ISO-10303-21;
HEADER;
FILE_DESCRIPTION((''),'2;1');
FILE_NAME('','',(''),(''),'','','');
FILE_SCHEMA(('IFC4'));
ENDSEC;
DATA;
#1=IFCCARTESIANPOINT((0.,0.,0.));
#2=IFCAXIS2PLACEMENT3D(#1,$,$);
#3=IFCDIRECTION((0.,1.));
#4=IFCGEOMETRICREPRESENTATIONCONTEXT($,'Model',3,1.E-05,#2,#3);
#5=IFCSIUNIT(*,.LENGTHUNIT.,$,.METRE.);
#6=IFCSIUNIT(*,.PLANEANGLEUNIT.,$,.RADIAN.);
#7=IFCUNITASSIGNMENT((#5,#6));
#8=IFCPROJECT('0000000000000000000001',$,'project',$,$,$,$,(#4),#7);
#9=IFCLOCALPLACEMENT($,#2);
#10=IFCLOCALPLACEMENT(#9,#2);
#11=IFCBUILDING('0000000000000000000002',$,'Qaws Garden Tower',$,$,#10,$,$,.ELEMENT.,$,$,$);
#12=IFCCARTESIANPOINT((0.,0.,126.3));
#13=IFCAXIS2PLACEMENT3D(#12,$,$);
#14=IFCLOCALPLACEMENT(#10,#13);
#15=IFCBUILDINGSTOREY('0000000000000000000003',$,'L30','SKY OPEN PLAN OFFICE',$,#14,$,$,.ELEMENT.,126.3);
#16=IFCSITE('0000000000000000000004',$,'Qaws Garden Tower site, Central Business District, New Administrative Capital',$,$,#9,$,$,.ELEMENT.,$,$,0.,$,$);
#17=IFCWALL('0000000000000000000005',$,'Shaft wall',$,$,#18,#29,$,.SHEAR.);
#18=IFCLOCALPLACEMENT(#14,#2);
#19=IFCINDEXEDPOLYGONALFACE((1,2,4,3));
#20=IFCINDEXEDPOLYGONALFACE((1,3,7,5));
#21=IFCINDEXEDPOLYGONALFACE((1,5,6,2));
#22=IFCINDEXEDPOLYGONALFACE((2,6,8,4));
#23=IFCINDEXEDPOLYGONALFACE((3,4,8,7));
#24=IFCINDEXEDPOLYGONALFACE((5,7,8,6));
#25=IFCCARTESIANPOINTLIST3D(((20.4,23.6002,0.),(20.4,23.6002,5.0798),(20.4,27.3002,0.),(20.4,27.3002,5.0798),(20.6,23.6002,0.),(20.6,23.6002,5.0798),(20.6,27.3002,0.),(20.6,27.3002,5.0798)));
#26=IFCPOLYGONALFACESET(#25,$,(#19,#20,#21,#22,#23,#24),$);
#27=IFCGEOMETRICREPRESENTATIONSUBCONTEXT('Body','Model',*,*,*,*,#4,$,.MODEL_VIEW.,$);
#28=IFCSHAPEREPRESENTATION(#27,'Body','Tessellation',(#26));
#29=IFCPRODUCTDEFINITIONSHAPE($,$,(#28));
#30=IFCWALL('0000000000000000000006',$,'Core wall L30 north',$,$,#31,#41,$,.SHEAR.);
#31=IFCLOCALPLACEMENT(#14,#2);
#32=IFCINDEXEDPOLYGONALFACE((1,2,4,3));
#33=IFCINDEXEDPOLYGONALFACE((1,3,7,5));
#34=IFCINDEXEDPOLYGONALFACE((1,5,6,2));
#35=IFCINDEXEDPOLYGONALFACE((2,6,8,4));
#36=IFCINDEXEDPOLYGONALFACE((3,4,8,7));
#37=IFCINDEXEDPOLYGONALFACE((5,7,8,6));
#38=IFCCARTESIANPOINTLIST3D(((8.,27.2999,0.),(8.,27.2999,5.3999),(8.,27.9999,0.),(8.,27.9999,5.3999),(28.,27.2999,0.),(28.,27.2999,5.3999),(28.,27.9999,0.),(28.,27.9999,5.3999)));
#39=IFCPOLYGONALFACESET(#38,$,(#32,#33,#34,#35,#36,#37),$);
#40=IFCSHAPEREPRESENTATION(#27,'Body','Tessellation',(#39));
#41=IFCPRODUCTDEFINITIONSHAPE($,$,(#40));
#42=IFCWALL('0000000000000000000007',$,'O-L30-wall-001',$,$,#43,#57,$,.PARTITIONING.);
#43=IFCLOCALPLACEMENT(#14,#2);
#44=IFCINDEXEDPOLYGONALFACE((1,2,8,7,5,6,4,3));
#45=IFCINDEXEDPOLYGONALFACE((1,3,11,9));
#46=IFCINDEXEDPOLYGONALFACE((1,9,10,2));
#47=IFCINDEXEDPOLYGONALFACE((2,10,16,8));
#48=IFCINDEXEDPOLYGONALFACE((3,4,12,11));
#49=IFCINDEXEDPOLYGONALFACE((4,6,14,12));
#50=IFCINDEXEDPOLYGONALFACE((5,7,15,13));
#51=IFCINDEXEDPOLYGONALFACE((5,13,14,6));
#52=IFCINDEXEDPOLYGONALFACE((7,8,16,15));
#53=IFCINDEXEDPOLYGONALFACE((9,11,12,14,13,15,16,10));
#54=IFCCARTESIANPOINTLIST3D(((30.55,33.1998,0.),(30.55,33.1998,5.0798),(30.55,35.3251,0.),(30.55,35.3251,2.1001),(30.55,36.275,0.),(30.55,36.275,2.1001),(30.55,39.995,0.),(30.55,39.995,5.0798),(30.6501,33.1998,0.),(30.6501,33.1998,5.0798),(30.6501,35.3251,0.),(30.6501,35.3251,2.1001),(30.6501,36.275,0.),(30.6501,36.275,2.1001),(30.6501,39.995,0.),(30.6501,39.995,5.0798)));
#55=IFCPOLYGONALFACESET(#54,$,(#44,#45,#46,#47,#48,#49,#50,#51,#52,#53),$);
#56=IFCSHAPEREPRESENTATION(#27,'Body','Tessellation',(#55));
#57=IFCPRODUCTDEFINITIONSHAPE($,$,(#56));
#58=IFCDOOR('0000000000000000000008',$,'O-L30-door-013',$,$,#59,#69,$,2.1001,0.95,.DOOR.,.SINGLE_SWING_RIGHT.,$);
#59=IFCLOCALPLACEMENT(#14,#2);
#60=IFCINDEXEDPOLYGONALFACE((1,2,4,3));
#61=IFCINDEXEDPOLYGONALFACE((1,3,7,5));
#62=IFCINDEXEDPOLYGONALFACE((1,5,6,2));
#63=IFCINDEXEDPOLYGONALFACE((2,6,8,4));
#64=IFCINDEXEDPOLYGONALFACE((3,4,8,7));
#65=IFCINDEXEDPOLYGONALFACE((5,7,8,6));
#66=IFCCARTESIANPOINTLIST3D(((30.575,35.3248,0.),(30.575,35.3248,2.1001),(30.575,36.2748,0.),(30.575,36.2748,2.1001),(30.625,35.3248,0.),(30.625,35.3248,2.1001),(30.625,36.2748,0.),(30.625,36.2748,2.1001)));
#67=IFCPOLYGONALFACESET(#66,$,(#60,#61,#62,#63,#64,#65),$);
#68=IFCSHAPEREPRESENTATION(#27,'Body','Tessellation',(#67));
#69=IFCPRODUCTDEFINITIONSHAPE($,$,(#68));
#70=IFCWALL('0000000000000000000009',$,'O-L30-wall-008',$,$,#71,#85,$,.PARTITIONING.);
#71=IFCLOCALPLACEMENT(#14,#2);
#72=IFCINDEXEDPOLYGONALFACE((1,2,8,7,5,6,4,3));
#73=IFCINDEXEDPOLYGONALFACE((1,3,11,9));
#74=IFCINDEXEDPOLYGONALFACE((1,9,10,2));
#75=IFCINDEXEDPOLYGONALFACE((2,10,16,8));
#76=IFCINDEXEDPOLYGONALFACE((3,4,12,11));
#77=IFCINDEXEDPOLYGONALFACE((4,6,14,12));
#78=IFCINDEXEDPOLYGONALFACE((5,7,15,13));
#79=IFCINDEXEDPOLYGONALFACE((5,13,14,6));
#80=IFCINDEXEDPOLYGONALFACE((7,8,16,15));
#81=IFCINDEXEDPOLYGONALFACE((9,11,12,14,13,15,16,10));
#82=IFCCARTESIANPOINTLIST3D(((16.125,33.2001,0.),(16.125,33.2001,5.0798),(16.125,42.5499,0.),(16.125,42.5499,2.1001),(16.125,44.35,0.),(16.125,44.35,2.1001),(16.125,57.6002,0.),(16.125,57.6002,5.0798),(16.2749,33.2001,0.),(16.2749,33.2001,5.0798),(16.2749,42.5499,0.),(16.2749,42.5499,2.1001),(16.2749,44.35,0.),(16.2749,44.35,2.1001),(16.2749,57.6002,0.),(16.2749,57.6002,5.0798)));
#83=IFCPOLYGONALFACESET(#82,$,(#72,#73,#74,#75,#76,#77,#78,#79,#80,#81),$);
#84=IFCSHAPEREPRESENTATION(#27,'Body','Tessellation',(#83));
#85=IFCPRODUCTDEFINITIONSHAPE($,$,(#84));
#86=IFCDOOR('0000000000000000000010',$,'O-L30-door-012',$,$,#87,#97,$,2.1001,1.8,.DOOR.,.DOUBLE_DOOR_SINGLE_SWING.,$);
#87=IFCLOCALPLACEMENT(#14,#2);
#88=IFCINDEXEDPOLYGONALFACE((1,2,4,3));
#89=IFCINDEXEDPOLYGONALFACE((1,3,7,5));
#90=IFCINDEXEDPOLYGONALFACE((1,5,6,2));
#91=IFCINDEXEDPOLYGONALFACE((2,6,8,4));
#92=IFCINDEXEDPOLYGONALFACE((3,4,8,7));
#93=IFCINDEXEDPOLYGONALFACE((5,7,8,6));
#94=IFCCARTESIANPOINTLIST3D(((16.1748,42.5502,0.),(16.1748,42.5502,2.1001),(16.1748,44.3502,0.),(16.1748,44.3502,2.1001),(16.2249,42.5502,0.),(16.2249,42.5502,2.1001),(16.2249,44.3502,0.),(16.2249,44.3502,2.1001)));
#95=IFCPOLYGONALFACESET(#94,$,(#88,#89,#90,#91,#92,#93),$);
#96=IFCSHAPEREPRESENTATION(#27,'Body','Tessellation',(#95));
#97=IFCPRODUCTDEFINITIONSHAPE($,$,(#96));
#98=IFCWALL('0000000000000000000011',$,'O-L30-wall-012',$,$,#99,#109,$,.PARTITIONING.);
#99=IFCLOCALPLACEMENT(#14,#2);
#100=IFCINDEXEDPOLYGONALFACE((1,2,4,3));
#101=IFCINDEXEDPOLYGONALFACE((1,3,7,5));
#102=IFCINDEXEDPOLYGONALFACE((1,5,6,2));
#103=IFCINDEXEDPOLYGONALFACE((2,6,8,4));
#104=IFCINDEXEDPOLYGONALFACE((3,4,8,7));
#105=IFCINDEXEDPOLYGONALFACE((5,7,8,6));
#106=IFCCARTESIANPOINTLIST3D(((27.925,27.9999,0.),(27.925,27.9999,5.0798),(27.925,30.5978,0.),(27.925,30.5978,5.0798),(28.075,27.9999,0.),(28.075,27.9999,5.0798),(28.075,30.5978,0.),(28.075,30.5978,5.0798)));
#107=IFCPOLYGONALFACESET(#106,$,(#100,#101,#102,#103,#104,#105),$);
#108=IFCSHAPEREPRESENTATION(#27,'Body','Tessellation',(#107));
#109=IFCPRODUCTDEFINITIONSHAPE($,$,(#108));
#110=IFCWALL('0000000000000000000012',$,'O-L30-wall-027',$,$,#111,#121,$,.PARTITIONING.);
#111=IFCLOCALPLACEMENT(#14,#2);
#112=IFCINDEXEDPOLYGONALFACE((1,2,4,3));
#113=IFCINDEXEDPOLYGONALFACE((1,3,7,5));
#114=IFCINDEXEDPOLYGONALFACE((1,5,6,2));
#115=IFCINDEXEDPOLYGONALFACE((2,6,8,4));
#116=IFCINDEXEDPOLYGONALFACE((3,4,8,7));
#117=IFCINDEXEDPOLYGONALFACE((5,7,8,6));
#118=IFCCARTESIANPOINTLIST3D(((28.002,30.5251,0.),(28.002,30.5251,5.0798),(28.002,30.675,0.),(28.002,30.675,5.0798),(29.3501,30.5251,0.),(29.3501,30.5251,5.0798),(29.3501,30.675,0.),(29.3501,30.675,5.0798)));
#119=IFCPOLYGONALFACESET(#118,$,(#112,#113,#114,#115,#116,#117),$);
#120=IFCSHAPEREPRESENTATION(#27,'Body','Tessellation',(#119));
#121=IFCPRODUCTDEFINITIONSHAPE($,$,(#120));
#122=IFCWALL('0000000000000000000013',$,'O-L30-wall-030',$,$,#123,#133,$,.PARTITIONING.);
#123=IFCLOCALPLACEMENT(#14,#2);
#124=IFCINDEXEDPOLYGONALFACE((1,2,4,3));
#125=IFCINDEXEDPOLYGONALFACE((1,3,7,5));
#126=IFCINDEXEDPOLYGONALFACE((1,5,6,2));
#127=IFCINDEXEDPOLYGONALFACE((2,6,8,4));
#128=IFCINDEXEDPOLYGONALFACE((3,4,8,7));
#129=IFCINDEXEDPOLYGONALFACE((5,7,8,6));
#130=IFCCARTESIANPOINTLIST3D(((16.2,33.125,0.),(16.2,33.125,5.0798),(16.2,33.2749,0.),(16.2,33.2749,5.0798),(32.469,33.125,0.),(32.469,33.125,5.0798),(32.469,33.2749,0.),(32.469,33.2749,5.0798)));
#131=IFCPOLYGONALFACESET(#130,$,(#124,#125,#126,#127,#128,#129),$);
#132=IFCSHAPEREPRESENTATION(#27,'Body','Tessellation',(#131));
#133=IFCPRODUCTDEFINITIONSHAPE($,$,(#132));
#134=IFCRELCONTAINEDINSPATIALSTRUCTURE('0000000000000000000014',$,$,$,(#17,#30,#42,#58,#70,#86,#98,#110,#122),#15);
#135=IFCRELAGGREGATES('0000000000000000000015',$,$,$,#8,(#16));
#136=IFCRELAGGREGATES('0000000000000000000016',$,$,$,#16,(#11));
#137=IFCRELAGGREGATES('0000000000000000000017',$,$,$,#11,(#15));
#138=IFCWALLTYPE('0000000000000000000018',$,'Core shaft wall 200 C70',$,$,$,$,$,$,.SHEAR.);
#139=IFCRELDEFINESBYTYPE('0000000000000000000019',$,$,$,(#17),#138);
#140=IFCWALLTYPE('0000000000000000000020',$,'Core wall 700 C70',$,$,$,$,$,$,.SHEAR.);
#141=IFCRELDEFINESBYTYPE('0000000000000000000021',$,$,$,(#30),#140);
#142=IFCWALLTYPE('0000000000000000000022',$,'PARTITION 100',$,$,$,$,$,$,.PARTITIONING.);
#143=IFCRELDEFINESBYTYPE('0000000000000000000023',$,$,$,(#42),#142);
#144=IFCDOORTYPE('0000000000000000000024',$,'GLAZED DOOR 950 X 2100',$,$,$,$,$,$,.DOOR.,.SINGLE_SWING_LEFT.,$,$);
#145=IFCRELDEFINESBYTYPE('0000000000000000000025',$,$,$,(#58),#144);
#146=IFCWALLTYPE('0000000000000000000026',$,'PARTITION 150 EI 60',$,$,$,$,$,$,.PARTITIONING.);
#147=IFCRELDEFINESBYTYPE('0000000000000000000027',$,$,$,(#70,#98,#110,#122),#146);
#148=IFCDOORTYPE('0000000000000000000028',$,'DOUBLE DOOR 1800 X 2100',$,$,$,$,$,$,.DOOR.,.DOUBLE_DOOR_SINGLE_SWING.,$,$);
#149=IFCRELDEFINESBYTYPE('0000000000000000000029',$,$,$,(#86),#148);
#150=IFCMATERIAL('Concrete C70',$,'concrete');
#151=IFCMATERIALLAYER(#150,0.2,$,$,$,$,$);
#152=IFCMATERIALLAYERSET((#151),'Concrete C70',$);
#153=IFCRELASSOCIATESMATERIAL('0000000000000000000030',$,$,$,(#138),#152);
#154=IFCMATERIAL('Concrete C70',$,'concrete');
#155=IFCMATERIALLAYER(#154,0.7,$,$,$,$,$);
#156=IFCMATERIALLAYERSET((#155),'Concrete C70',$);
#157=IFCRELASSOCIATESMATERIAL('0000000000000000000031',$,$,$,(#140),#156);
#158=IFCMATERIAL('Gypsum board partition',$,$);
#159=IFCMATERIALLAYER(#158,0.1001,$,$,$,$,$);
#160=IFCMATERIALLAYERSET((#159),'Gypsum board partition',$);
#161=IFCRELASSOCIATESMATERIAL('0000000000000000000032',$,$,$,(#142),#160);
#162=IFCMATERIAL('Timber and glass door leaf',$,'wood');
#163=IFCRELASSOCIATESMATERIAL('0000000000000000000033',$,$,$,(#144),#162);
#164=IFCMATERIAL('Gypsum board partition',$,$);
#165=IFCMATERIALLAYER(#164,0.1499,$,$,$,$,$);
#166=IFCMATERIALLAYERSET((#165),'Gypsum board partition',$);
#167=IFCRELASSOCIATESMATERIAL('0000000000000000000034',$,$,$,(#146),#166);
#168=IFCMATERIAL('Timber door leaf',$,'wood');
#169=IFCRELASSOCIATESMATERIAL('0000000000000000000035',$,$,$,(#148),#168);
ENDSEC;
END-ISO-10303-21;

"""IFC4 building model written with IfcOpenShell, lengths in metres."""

from ifc_helpers import new_model, si_unit, direction, frame, frame_2d, origin, place, context, subcontext, project, spatial, rectangle, extrude, material, layer, layer_set, type_object, element, fill, save


model = new_model("IFC4")

# Units and contexts
model_context = context("Model", 3, precision=1e-05, world=origin(), true_north=direction((0.0, 1.0)))
body_context = subcontext(model_context, "Body", "Model", "MODEL_VIEW")
ifc_project = project(units=[si_unit("LENGTHUNIT", "METRE"), si_unit("PLANEANGLEUNIT", "RADIAN")], contexts=[model_context])

# Site, building, storey
site_placement = place(None, origin())
site = spatial("IfcSite", under=ifc_project, at=site_placement, Name="Qaws Garden Tower site, Central Business District, New Administrative Capital", CompositionType="ELEMENT", RefElevation=0.0)
building_placement = place(site_placement, origin())
building = spatial("IfcBuilding", under=site, at=building_placement, Name="Qaws Garden Tower", CompositionType="ELEMENT")
storey_placement = place(building_placement, frame((0.0, 0.0, 126.3)))
storey = spatial("IfcBuildingStorey", under=building, at=storey_placement, Name="L30", Description="SKY OPEN PLAN OFFICE", CompositionType="ELEMENT", Elevation=126.3)

# Shared definitions
ifc_material_1 = material(Name="Concrete C70", Category="concrete")
ifc_layer_1 = layer(ifc_material_1, 0.2)
ifc_layer_set_1 = layer_set([ifc_layer_1], Name="Concrete C70")
wall_type_1 = type_object("IfcWallType", Name="Core shaft wall 200 C70", PredefinedType="SHEAR", material=ifc_layer_set_1)

# Walls
wall_1_placement = place(storey_placement, frame((20.5, 23.6001, 0.0), z_axis=(0.0, 0.0, 1.0), x_axis=(0.0, 1.0, 0.0)))
element("IfcWall", 1, at=wall_1_placement, inside=storey, type_object=wall_type_1, Name="Shaft wall", PredefinedType="SHEAR", context=body_context, shape_type="SweptSolid", body=[
    extrude(rectangle(XDim=3.7, YDim=0.2, at=frame_2d((1.8501, 0.0))), origin(), (0.0, 0.0, 1.0), 5.0798),
])
ifc_material_2 = material(Name="Concrete C70", Category="concrete")
ifc_layer_2 = layer(ifc_material_2, 0.7)
ifc_layer_set_2 = layer_set([ifc_layer_2], Name="Concrete C70")
wall_type_2 = type_object("IfcWallType", Name="Core wall 700 C70", PredefinedType="SHEAR", material=ifc_layer_set_2)
wall_2_placement = place(storey_placement, frame((28.0, 27.6499, 0.0), z_axis=(0.0, 0.0, 1.0), x_axis=(-1.0, 0.0, 0.0)))
element("IfcWall", 2, at=wall_2_placement, inside=storey, type_object=wall_type_2, Name="Core wall L30 north", PredefinedType="SHEAR", context=body_context, shape_type="SweptSolid", body=[
    extrude(rectangle(XDim=20.0, YDim=0.7, at=frame_2d((10.0, 0.0))), origin(), (0.0, 0.0, 1.0), 5.3999),
])

# Walls, openings, doors
ifc_material_3 = material(Name="Gypsum board partition")
ifc_layer_3 = layer(ifc_material_3, 0.1001)
ifc_layer_set_3 = layer_set([ifc_layer_3], Name="Gypsum board partition")
wall_type_3 = type_object("IfcWallType", Name="PARTITION 100", PredefinedType="PARTITIONING", material=ifc_layer_set_3)
wall_3_placement = place(storey_placement, frame((30.6001, 33.2, 0.0), z_axis=(0.0, 0.0, 1.0), x_axis=(0.0, 1.0, 0.0)))
wall_3 = element("IfcWall", 3, at=wall_3_placement, inside=storey, type_object=wall_type_3, Name="O-L30-wall-001", PredefinedType="PARTITIONING", context=body_context, shape_type="SweptSolid", body=[
    extrude(rectangle(XDim=6.7952, YDim=0.1001, at=frame_2d((3.3975, 0.0))), origin(), (0.0, 0.0, 1.0), 5.0798),
])
opening_1_placement = place(wall_3_placement, frame((2.125, 0.0, 0.0)))
opening_1 = element("IfcOpeningElement", 4, at=opening_1_placement, cuts=wall_3, PredefinedType="OPENING", context=body_context, shape_type="SweptSolid", body=[
    extrude(rectangle(XDim=0.95, YDim=2.1001, at=frame_2d((0.4751, 1.05))), frame((0.0, 0.0601, 0.0), z_axis=(0.0, -1.0, 0.0), x_axis=(1.0, 0.0, 0.0)), (0.0, 0.0, 1.0), 0.1201),
])
ifc_material_4 = material(Name="Timber and glass door leaf", Category="wood")
door_type_1 = type_object("IfcDoorType", Name="GLAZED DOOR 950 X 2100", OperationType="SINGLE_SWING_LEFT", PredefinedType="DOOR", material=ifc_material_4)
door_1_placement = place(opening_1_placement, frame((0.95, 0.0, 0.0), z_axis=(0.0, 0.0, 1.0), x_axis=(-1.0, 0.0, 0.0)))
door_1 = element("IfcDoor", 5, at=door_1_placement, inside=storey, type_object=door_type_1, Name="O-L30-door-013", OperationType="SINGLE_SWING_RIGHT", OverallHeight=2.1001, OverallWidth=0.95, PredefinedType="DOOR", context=body_context, shape_type="SweptSolid", body=[
    extrude(rectangle(XDim=0.95, YDim=2.1001, at=frame_2d((0.4751, 1.05))), frame((0.0, 0.0249, 0.0), z_axis=(0.0, -1.0, 0.0), x_axis=(1.0, 0.0, 0.0)), (0.0, 0.0, 1.0), 0.05),
])
fill(opening_1, door_1)
ifc_material_5 = material(Name="Gypsum board partition")
ifc_layer_4 = layer(ifc_material_5, 0.1499)
ifc_layer_set_4 = layer_set([ifc_layer_4], Name="Gypsum board partition")
wall_type_4 = type_object("IfcWallType", Name="PARTITION 150 EI 60", PredefinedType="PARTITIONING", material=ifc_layer_set_4)
wall_4_placement = place(storey_placement, frame((16.2, 33.2, 0.0), z_axis=(0.0, 0.0, 1.0), x_axis=(0.0, 1.0, 0.0)))
wall_4 = element("IfcWall", 6, at=wall_4_placement, inside=storey, type_object=wall_type_4, Name="O-L30-wall-008", PredefinedType="PARTITIONING", context=body_context, shape_type="SweptSolid", body=[
    extrude(rectangle(XDim=24.4001, YDim=0.1499, at=frame_2d((12.2002, 0.0))), origin(), (0.0, 0.0, 1.0), 5.0798),
])
opening_2_placement = place(wall_4_placement, frame((9.3501, 0.0, 0.0)))
opening_2 = element("IfcOpeningElement", 7, at=opening_2_placement, cuts=wall_4, PredefinedType="OPENING", context=body_context, shape_type="SweptSolid", body=[
    extrude(rectangle(XDim=1.8, YDim=2.1001, at=frame_2d((0.8999, 1.05))), frame((0.0, 0.085, 0.0), z_axis=(0.0, -1.0, 0.0), x_axis=(1.0, 0.0, 0.0)), (0.0, 0.0, 1.0), 0.1699),
])
ifc_material_6 = material(Name="Timber door leaf", Category="wood")
door_type_2 = type_object("IfcDoorType", Name="DOUBLE DOOR 1800 X 2100", OperationType="DOUBLE_DOOR_SINGLE_SWING", PredefinedType="DOOR", material=ifc_material_6)
door_2_placement = place(opening_2_placement, frame((1.8, 0.0, 0.0), z_axis=(0.0, 0.0, 1.0), x_axis=(-1.0, 0.0, 0.0)))
door_2 = element("IfcDoor", 8, at=door_2_placement, inside=storey, type_object=door_type_2, Name="O-L30-door-012", OperationType="DOUBLE_DOOR_SINGLE_SWING", OverallHeight=2.1001, OverallWidth=1.8, PredefinedType="DOOR", context=body_context, shape_type="SweptSolid", body=[
    extrude(rectangle(XDim=1.8, YDim=2.1001, at=frame_2d((0.8999, 1.05))), frame((0.0, 0.0249, 0.0), z_axis=(0.0, -1.0, 0.0), x_axis=(1.0, 0.0, 0.0)), (0.0, 0.0, 1.0), 0.05),
])
fill(opening_2, door_2)

# Walls
wall_5_placement = place(storey_placement, frame((28.0, 28.0, 0.0), z_axis=(0.0, 0.0, 1.0), x_axis=(0.0, 1.0, 0.0)))
element("IfcWall", 9, at=wall_5_placement, inside=storey, type_object=wall_type_4, Name="O-L30-wall-012", PredefinedType="PARTITIONING", context=body_context, shape_type="SweptSolid", body=[
    extrude(rectangle(XDim=2.5979, YDim=0.1499, at=frame_2d((1.2988, 0.0))), origin(), (0.0, 0.0, 1.0), 5.0798),
])
wall_6_placement = place(storey_placement, frame((28.002, 30.6001, 0.0), z_axis=(0.0, 0.0, 1.0), x_axis=(1.0, 0.0, 0.0)))
element("IfcWall", 10, at=wall_6_placement, inside=storey, type_object=wall_type_4, Name="O-L30-wall-027", PredefinedType="PARTITIONING", context=body_context, shape_type="SweptSolid", body=[
    extrude(rectangle(XDim=1.3481, YDim=0.1499, at=frame_2d((0.6741, 0.0))), origin(), (0.0, 0.0, 1.0), 5.0798),
])
wall_7_placement = place(storey_placement, frame((16.2, 33.2, 0.0), z_axis=(0.0, 0.0, 1.0), x_axis=(1.0, 0.0, 0.0)))
element("IfcWall", 11, at=wall_7_placement, inside=storey, type_object=wall_type_4, Name="O-L30-wall-030", PredefinedType="PARTITIONING", context=body_context, shape_type="SweptSolid", body=[
    extrude(rectangle(XDim=16.269, YDim=0.1499, at=frame_2d((8.1345, 0.0))), origin(), (0.0, 0.0, 1.0), 5.0798),
])

save(model, "model.ifc")
